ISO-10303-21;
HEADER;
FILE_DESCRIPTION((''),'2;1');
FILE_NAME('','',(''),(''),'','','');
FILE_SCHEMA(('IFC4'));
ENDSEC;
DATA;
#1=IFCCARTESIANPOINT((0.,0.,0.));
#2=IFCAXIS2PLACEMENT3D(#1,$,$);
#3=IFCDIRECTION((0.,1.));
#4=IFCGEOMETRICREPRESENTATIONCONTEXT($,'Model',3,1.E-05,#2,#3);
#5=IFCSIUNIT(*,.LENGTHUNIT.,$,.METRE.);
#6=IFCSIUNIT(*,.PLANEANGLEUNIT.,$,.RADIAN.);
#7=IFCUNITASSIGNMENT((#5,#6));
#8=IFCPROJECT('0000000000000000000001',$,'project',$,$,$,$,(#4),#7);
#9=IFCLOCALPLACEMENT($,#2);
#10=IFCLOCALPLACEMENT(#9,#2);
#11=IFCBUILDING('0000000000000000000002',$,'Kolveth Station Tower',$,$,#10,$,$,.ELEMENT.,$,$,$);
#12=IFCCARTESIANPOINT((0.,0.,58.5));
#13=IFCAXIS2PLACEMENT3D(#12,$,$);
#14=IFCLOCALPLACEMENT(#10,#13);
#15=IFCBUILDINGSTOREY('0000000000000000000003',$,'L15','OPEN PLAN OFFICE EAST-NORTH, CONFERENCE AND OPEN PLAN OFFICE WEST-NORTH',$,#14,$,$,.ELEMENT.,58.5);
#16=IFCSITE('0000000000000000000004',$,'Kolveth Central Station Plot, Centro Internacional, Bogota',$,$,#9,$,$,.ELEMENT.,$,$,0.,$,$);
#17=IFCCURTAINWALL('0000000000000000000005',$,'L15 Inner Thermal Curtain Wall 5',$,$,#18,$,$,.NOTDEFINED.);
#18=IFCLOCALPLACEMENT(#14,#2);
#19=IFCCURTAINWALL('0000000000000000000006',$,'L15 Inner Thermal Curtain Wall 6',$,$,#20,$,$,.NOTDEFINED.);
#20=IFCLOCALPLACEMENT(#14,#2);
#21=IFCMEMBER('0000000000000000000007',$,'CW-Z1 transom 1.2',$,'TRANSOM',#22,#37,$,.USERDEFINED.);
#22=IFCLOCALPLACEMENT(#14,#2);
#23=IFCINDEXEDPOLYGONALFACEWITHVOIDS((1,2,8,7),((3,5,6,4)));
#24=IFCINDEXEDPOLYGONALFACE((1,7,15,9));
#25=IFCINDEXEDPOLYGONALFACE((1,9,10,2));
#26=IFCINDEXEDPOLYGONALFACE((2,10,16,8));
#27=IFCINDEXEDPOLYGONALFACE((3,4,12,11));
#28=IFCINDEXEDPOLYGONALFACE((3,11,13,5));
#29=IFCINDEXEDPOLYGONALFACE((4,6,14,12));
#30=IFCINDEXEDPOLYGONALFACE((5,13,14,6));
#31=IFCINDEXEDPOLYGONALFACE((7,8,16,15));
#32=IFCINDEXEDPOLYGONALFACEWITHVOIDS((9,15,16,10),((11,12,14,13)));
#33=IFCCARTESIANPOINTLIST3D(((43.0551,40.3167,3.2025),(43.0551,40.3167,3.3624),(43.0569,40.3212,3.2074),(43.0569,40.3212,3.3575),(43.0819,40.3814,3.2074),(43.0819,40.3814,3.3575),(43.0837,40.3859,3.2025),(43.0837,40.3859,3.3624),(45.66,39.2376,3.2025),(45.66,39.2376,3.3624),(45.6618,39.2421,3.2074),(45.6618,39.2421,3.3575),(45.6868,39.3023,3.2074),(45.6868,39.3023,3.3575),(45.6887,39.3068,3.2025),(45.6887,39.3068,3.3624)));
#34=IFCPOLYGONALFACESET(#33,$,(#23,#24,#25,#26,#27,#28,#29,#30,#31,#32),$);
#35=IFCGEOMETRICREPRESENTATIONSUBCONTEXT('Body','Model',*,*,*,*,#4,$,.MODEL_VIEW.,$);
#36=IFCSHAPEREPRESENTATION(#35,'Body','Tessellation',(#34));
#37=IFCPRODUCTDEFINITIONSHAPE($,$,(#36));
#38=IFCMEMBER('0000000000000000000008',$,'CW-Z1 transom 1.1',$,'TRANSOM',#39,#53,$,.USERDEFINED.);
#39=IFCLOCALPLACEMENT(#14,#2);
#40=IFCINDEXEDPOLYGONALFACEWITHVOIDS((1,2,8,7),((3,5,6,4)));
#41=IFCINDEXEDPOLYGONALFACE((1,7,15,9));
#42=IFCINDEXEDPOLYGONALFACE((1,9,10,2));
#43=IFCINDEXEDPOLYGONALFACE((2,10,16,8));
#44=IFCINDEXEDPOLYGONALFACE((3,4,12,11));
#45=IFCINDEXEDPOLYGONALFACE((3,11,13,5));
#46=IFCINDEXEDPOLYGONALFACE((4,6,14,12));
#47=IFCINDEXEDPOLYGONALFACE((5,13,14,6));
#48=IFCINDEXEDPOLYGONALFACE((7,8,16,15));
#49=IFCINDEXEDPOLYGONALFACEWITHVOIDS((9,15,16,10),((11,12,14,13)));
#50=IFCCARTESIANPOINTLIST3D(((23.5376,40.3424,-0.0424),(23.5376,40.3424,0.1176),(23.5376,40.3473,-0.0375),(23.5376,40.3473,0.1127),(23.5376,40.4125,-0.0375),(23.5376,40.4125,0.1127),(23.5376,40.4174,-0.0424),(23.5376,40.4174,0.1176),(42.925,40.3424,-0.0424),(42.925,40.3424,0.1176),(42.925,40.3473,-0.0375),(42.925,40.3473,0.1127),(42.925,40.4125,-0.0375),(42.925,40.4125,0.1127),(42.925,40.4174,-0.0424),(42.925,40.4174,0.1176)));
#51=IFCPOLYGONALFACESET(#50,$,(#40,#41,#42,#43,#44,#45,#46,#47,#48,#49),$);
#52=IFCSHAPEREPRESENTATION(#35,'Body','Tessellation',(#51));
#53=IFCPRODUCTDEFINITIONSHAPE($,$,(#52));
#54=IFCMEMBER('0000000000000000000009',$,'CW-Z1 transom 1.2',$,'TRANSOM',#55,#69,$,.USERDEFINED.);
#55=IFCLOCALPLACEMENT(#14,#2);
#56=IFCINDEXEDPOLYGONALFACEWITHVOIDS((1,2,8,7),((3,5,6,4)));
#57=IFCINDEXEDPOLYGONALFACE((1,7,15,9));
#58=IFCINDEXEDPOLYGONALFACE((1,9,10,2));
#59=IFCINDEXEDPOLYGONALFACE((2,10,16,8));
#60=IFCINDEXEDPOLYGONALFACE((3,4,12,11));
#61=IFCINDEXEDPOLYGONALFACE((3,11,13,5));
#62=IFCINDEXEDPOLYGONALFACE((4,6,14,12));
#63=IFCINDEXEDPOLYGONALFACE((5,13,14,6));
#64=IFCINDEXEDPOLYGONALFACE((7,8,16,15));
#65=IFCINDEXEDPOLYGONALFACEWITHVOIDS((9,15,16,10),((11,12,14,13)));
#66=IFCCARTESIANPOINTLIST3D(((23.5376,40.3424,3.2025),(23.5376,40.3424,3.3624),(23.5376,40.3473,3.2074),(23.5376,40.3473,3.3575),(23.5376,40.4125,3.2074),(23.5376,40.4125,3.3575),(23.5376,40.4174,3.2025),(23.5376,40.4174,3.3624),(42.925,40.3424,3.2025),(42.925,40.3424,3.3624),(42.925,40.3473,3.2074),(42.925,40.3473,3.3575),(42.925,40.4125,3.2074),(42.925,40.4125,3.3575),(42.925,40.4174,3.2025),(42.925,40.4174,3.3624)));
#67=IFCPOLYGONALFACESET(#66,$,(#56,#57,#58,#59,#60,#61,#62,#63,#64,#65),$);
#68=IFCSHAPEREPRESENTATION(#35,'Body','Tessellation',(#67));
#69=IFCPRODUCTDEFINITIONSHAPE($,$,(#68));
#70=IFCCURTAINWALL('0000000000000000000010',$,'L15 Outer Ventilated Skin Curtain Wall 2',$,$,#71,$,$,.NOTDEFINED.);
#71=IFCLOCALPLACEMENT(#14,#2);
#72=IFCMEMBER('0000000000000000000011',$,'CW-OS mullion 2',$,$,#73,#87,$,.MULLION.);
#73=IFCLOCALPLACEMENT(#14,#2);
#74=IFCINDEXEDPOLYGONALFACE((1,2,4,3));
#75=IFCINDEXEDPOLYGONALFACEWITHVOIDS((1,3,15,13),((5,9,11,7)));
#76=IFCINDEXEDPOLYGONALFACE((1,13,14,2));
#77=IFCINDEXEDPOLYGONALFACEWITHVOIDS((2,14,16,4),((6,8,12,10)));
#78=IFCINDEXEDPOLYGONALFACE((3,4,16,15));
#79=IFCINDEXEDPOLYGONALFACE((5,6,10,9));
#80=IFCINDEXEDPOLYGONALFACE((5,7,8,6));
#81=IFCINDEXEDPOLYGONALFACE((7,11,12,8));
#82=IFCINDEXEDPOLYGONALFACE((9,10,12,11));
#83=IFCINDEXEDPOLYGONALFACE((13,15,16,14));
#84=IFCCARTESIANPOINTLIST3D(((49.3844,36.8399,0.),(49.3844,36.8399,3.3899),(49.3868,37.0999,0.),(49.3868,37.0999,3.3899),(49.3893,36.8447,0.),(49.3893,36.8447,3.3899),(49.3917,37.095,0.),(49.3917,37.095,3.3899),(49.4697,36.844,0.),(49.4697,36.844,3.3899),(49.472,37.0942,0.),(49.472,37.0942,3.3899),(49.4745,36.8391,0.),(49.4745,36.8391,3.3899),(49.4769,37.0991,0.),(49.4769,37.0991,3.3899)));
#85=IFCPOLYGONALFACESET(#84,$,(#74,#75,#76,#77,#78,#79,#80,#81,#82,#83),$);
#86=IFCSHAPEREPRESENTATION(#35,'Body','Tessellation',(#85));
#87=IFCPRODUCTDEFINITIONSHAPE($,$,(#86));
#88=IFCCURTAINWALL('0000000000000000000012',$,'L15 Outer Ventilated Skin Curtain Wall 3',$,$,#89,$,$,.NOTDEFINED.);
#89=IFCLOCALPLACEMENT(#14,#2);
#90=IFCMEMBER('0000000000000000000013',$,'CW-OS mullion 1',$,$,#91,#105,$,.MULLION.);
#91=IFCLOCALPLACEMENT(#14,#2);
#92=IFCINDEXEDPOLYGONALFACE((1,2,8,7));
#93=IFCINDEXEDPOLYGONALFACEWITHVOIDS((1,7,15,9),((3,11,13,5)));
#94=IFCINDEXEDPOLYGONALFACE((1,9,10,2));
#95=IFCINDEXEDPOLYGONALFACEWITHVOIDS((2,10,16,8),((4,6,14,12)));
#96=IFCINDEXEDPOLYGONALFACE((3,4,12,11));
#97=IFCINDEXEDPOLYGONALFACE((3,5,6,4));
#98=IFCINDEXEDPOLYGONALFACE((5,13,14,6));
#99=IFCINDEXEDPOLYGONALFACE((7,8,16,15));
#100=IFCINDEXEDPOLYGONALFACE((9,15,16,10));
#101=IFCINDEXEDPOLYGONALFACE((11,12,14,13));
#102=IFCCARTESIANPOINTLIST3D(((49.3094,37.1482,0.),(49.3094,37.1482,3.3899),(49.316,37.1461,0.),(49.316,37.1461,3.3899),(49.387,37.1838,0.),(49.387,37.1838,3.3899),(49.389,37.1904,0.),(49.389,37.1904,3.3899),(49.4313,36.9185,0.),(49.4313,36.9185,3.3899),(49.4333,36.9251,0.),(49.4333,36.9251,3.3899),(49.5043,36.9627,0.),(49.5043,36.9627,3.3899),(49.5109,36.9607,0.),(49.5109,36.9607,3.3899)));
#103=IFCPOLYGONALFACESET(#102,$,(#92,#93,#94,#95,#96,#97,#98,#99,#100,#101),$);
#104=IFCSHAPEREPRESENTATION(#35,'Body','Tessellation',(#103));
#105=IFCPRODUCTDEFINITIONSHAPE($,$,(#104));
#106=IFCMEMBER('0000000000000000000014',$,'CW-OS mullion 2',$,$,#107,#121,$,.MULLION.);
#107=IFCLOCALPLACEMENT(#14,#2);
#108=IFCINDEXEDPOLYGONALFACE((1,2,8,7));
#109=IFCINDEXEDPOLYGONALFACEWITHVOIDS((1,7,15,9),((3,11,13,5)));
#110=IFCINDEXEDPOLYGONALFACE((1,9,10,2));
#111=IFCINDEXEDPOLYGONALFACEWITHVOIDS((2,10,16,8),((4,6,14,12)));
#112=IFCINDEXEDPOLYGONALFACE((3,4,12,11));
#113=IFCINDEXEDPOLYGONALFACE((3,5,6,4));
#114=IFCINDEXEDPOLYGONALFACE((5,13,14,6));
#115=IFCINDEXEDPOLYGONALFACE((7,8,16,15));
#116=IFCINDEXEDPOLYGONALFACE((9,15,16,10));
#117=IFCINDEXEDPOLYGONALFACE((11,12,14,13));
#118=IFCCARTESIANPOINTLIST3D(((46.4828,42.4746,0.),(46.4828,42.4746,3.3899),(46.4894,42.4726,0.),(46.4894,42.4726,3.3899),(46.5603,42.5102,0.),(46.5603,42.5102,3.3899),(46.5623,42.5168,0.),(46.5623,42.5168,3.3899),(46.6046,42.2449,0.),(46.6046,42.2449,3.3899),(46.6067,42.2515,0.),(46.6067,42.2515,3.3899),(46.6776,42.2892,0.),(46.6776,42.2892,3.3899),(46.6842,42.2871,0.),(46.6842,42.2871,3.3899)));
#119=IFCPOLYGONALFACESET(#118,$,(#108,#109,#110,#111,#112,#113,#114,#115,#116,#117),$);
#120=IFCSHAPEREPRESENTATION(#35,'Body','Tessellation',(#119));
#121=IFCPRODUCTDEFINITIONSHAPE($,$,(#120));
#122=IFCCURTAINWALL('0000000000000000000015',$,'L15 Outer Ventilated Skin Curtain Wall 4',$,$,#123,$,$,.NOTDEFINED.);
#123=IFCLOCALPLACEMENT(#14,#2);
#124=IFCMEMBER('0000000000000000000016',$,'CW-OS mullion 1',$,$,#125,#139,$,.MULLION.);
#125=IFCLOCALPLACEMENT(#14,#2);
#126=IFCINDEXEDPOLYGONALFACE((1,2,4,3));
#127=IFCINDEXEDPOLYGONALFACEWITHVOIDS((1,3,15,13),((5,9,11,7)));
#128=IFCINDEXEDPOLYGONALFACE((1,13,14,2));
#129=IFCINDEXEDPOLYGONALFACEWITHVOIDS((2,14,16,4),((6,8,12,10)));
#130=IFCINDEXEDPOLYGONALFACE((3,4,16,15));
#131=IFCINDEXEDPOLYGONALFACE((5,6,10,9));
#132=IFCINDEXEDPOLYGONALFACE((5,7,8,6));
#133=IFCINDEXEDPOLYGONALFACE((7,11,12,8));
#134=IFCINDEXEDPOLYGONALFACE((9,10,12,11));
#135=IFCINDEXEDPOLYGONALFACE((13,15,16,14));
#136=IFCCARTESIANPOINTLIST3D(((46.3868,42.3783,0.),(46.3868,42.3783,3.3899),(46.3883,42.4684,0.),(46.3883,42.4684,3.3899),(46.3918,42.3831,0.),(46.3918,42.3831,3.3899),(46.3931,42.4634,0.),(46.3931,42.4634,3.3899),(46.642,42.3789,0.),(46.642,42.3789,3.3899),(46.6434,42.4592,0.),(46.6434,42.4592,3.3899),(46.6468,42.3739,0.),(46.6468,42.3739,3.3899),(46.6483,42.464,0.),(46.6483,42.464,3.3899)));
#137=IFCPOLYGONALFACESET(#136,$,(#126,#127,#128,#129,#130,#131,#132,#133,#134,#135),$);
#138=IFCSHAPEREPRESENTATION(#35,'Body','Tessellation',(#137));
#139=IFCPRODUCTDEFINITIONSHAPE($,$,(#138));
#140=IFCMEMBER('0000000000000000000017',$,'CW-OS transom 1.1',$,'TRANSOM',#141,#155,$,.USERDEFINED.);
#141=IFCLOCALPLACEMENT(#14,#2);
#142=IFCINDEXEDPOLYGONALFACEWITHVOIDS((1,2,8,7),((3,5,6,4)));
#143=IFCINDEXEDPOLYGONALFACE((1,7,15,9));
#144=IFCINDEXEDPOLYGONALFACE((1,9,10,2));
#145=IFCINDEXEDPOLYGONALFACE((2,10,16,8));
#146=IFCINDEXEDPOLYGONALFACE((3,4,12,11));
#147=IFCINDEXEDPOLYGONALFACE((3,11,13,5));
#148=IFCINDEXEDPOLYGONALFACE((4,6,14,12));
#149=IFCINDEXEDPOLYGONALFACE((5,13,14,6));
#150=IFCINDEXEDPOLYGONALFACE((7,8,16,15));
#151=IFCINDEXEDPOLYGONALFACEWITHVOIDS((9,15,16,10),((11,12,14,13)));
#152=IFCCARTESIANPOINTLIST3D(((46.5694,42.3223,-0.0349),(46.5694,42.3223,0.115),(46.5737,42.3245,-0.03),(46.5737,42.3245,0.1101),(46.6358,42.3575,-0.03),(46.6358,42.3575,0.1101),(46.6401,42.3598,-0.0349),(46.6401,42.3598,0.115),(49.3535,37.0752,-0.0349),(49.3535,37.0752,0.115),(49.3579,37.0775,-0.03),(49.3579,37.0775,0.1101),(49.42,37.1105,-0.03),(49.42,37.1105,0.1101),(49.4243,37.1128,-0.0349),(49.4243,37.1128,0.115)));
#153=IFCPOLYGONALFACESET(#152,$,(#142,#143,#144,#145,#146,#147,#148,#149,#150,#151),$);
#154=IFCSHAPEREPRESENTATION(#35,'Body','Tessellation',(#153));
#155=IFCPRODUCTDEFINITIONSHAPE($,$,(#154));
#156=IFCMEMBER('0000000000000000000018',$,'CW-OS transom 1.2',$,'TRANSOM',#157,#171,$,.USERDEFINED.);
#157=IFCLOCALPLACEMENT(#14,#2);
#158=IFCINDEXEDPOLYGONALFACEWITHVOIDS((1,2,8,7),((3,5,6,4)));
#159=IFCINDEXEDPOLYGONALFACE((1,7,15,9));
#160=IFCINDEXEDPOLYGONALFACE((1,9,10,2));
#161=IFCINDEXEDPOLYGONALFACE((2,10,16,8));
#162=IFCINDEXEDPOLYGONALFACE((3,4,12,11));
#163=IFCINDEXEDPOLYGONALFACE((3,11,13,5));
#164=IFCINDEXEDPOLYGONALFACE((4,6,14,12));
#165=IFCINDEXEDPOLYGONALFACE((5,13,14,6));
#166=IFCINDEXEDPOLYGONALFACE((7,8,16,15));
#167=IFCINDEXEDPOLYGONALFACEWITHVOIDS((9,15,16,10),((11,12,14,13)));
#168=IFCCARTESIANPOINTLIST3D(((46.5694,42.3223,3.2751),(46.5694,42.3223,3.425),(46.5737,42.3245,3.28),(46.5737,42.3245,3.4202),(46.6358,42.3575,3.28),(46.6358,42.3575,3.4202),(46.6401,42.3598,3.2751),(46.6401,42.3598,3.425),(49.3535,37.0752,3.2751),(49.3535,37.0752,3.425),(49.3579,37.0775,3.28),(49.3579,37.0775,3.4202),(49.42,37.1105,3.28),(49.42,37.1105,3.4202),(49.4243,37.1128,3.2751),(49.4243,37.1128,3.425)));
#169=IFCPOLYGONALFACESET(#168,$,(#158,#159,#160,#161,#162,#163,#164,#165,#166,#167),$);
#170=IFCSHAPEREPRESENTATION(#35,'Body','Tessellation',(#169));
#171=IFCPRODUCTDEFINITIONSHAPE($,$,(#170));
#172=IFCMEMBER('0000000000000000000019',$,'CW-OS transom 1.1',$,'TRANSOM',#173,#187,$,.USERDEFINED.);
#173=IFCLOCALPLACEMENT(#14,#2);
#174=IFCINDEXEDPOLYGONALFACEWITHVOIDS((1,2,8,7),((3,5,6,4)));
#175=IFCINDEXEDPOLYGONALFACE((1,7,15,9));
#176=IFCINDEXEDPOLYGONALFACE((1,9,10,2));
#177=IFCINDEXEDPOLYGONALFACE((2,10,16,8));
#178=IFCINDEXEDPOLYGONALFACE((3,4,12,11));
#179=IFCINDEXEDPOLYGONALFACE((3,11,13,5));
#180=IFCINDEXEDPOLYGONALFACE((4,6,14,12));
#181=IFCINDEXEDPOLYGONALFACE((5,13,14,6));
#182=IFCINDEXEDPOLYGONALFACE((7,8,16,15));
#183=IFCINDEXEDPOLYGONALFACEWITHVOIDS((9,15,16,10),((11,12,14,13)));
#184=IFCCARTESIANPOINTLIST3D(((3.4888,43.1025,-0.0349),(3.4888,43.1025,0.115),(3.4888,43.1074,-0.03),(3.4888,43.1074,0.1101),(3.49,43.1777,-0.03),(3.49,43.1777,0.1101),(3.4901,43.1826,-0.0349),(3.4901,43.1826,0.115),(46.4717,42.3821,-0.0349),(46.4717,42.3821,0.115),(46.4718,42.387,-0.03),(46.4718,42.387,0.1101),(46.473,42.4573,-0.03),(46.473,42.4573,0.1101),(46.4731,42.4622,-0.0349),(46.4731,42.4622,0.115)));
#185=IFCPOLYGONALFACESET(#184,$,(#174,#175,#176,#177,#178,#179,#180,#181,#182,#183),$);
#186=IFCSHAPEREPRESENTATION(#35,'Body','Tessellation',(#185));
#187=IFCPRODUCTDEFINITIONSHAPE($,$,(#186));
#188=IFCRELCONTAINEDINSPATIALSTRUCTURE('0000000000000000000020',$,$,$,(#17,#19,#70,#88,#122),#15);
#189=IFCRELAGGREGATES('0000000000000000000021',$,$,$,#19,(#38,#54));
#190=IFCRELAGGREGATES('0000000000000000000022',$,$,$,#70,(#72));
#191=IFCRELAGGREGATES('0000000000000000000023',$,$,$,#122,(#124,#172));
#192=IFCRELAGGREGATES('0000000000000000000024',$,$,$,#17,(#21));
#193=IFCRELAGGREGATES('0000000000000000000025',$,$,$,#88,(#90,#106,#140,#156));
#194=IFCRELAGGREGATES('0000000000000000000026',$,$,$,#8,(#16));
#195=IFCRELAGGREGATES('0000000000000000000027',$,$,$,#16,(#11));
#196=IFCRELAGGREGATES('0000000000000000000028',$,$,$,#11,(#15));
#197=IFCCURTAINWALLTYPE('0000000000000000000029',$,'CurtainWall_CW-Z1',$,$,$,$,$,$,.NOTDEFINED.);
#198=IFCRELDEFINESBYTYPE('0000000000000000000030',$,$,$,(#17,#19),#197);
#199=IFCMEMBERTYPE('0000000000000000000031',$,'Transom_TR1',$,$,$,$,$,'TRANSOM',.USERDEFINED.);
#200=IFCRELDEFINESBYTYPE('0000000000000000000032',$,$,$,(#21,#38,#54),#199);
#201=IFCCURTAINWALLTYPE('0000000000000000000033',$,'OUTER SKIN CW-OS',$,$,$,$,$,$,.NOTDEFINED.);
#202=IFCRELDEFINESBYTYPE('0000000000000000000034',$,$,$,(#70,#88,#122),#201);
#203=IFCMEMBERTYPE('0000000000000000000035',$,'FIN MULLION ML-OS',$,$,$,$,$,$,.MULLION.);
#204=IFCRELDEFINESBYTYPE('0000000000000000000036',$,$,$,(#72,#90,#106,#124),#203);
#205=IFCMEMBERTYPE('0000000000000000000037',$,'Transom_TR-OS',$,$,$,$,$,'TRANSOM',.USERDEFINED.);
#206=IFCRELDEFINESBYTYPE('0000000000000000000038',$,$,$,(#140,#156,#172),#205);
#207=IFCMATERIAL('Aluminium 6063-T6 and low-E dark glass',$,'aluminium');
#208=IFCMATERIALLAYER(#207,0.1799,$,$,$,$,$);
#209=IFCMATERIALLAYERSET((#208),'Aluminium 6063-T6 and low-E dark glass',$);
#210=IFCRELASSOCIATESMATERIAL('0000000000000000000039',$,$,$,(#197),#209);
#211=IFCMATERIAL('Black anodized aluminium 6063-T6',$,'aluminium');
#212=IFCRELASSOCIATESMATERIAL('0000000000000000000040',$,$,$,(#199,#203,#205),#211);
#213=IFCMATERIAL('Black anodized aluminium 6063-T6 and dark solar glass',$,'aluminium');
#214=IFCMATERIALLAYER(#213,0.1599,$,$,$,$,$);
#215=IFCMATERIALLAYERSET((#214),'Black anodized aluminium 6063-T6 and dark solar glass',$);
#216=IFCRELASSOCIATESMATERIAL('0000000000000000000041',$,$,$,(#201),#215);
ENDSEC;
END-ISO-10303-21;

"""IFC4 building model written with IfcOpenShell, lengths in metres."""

from ifc_helpers import new_model, si_unit, direction, frame, origin, origin_2d, place, context, subcontext, project, spatial, hollow_rectangle, extrude, source, transform, mapped, material, layer, layer_set, material_profile, profile_set, type_object, element, aggregate, save


model = new_model("IFC4")

# Units and contexts
model_context = context("Model", 3, precision=1e-05, world=origin(), true_north=direction((0.0, 1.0)))
body_context = subcontext(model_context, "Body", "Model", "MODEL_VIEW")
ifc_project = project(units=[si_unit("LENGTHUNIT", "METRE"), si_unit("PLANEANGLEUNIT", "RADIAN")], contexts=[model_context])

# Site, building, storey
site_placement = place(None, origin())
site = spatial("IfcSite", under=ifc_project, at=site_placement, Name="Kolveth Central Station Plot, Centro Internacional, Bogota", CompositionType="ELEMENT", RefElevation=0.0)
building_placement = place(site_placement, origin())
building = spatial("IfcBuilding", under=site, at=building_placement, Name="Kolveth Station Tower", CompositionType="ELEMENT")
storey_placement = place(building_placement, frame((0.0, 0.0, 58.5)))
storey = spatial("IfcBuildingStorey", under=building, at=storey_placement, Name="L15", Description="OPEN PLAN OFFICE EAST-NORTH, CONFERENCE AND OPEN PLAN OFFICE WEST-NORTH", CompositionType="ELEMENT", Elevation=58.5)

# Shared definitions
ifc_material_1 = material(Name="Aluminium 6063-T6 and low-E dark glass", Category="aluminium")
ifc_layer_1 = layer(ifc_material_1, 0.1799)
ifc_layer_set_1 = layer_set([ifc_layer_1], Name="Aluminium 6063-T6 and low-E dark glass")
curtain_wall_type_1 = type_object("IfcCurtainWallType", Name="CurtainWall_CW-Z1", PredefinedType="NOTDEFINED", material=ifc_layer_set_1)
ifc_material_2 = material(Name="Black anodized aluminium 6063-T6", Category="aluminium")

# Curtain wall
curtain_wall_1_placement = place(storey_placement, origin())
curtain_wall_1 = element("IfcCurtainWall", 1, at=curtain_wall_1_placement, inside=storey, type_object=curtain_wall_type_1, Name="L15 Inner Thermal Curtain Wall 5", PredefinedType="NOTDEFINED")

# Curtain wall
curtain_wall_2_placement = place(storey_placement, origin())
curtain_wall_2 = element("IfcCurtainWall", 2, at=curtain_wall_2_placement, inside=storey, type_object=curtain_wall_type_1, Name="L15 Inner Thermal Curtain Wall 6", PredefinedType="NOTDEFINED")

# Members
ifc_material_profile_1 = material_profile(ifc_material_2, hollow_rectangle(XDim=0.075, YDim=0.1599, WallThickness=0.0049, at=origin_2d()), Name="ALU-75x160x5")
ifc_profile_set_1 = profile_set([ifc_material_profile_1], Name="Black anodized aluminium 6063-T6")
member_type_1 = type_object("IfcMemberType", Name="Transom_TR1", ElementType="TRANSOM", PredefinedType="USERDEFINED", material=ifc_profile_set_1)
shared_shape_1 = source(origin(), body_context, "Body", "SweptSolid", [
    extrude(hollow_rectangle(XDim=0.075, YDim=0.1599, WallThickness=0.0049, at=origin_2d()), origin(), (0.0, 0.0, 1.0), 2.8196),
])
member_1_placement = place(storey_placement, frame((45.6743, 39.2722, 3.2825), z_axis=(-0.923869, 0.382709, 0.0), x_axis=(-0.382709, -0.923869, 0.0)))
member_1 = element("IfcMember", 3, at=member_1_placement, type_object=member_type_1, Name="CW-Z1 transom 1.2", ObjectType="TRANSOM", PredefinedType="USERDEFINED", context=body_context, shape_type="MappedRepresentation", body=[
    mapped(shared_shape_1, transform((0.0, 0.0, 0.0), x_axis=(1.0, 0.0, 0.0), y_axis=(0.0, 1.0, 0.0), z_axis=(0.0, 0.0, 1.0), scale=1.0)),
])
shared_shape_2 = source(origin(), body_context, "Body", "SweptSolid", [
    extrude(hollow_rectangle(XDim=0.075, YDim=0.1599, WallThickness=0.0049, at=origin_2d()), origin(), (0.0, 0.0, 1.0), 19.3875),
])
member_2_placement = place(storey_placement, frame((42.925, 40.3799, 0.0376), z_axis=(-1.0, 0.0, 0.0), x_axis=(0.0, -1.0, 0.0)))
member_2 = element("IfcMember", 4, at=member_2_placement, type_object=member_type_1, Name="CW-Z1 transom 1.1", ObjectType="TRANSOM", PredefinedType="USERDEFINED", context=body_context, shape_type="MappedRepresentation", body=[
    mapped(shared_shape_2, transform((0.0, 0.0, 0.0), x_axis=(1.0, 0.0, 0.0), y_axis=(0.0, 1.0, 0.0), z_axis=(0.0, 0.0, 1.0), scale=1.0)),
])
member_3_placement = place(storey_placement, frame((42.925, 40.3799, 3.2825), z_axis=(-1.0, 0.0, 0.0), x_axis=(0.0, -1.0, 0.0)))
member_3 = element("IfcMember", 5, at=member_3_placement, type_object=member_type_1, Name="CW-Z1 transom 1.2", ObjectType="TRANSOM", PredefinedType="USERDEFINED", context=body_context, shape_type="MappedRepresentation", body=[
    mapped(shared_shape_2, transform((0.0, 0.0, 0.0), x_axis=(1.0, 0.0, 0.0), y_axis=(0.0, 1.0, 0.0), z_axis=(0.0, 0.0, 1.0), scale=1.0)),
])
aggregate(curtain_wall_2, [member_2, member_3])

# Curtain wall, member
ifc_material_3 = material(Name="Black anodized aluminium 6063-T6 and dark solar glass", Category="aluminium")
ifc_layer_2 = layer(ifc_material_3, 0.1599)
ifc_layer_set_2 = layer_set([ifc_layer_2], Name="Black anodized aluminium 6063-T6 and dark solar glass")
curtain_wall_type_2 = type_object("IfcCurtainWallType", Name="OUTER SKIN CW-OS", PredefinedType="NOTDEFINED", material=ifc_layer_set_2)
curtain_wall_3_placement = place(storey_placement, origin())
curtain_wall_3 = element("IfcCurtainWall", 6, at=curtain_wall_3_placement, inside=storey, type_object=curtain_wall_type_2, Name="L15 Outer Ventilated Skin Curtain Wall 2", PredefinedType="NOTDEFINED")
ifc_material_profile_2 = material_profile(ifc_material_2, hollow_rectangle(XDim=0.0901, YDim=0.26, WallThickness=0.0049, at=origin_2d()), Name="ALU-90x260x5")
ifc_profile_set_2 = profile_set([ifc_material_profile_2], Name="Black anodized aluminium 6063-T6")
member_type_2 = type_object("IfcMemberType", Name="FIN MULLION ML-OS", PredefinedType="MULLION", material=ifc_profile_set_2)
shared_shape_3 = source(origin(), body_context, "Body", "SweptSolid", [
    extrude(hollow_rectangle(XDim=0.0901, YDim=0.26, WallThickness=0.0049, at=origin_2d()), origin(), (0.0, 0.0, 1.0), 3.3899),
])
member_4_placement = place(storey_placement, frame((49.4307, 36.9695, 0.0), z_axis=(0.0, 0.0, 1.0), x_axis=(-0.999956, 0.009355, 0.0)))
member_4 = element("IfcMember", 7, at=member_4_placement, type_object=member_type_2, Name="CW-OS mullion 2", PredefinedType="MULLION", context=body_context, shape_type="MappedRepresentation", body=[
    mapped(shared_shape_3, transform((0.0, 0.0, 0.0), x_axis=(1.0, 0.0, 0.0), y_axis=(0.0, 1.0, 0.0), z_axis=(0.0, 0.0, 1.0), scale=1.0)),
])
aggregate(curtain_wall_3, [member_4])

# Curtain wall, members
curtain_wall_4_placement = place(storey_placement, origin())
curtain_wall_4 = element("IfcCurtainWall", 8, at=curtain_wall_4_placement, inside=storey, type_object=curtain_wall_type_2, Name="L15 Outer Ventilated Skin Curtain Wall 3", PredefinedType="NOTDEFINED")
member_5_placement = place(storey_placement, frame((49.4102, 37.0544, 0.0), z_axis=(0.0, 0.0, 1.0), x_axis=(-0.883331, -0.468749, 0.0)))
member_5 = element("IfcMember", 9, at=member_5_placement, type_object=member_type_2, Name="CW-OS mullion 1", PredefinedType="MULLION", context=body_context, shape_type="MappedRepresentation", body=[
    mapped(shared_shape_3, transform((0.0, 0.0, 0.0), x_axis=(1.0, 0.0, 0.0), y_axis=(0.0, 1.0, 0.0), z_axis=(0.0, 0.0, 1.0), scale=1.0)),
])
member_6_placement = place(storey_placement, frame((46.5835, 42.3809, 0.0), z_axis=(0.0, 0.0, 1.0), x_axis=(-0.883331, -0.468749, 0.0)))
member_6 = element("IfcMember", 10, at=member_6_placement, type_object=member_type_2, Name="CW-OS mullion 2", PredefinedType="MULLION", context=body_context, shape_type="MappedRepresentation", body=[
    mapped(shared_shape_3, transform((0.0, 0.0, 0.0), x_axis=(1.0, 0.0, 0.0), y_axis=(0.0, 1.0, 0.0), z_axis=(0.0, 0.0, 1.0), scale=1.0)),
])

# Curtain wall, member
curtain_wall_5_placement = place(storey_placement, origin())
curtain_wall_5 = element("IfcCurtainWall", 11, at=curtain_wall_5_placement, inside=storey, type_object=curtain_wall_type_2, Name="L15 Outer Ventilated Skin Curtain Wall 4", PredefinedType="NOTDEFINED")
member_7_placement = place(storey_placement, frame((46.5176, 42.4211, 0.0), z_axis=(0.0, 0.0, 1.0), x_axis=(-0.016764, -0.999859, 0.0)))
member_7 = element("IfcMember", 12, at=member_7_placement, type_object=member_type_2, Name="CW-OS mullion 1", PredefinedType="MULLION", context=body_context, shape_type="MappedRepresentation", body=[
    mapped(shared_shape_3, transform((0.0, 0.0, 0.0), x_axis=(1.0, 0.0, 0.0), y_axis=(0.0, 1.0, 0.0), z_axis=(0.0, 0.0, 1.0), scale=1.0)),
])

# Members
ifc_material_profile_3 = material_profile(ifc_material_2, hollow_rectangle(XDim=0.0801, YDim=0.1499, WallThickness=0.0049, at=origin_2d()), Name="ALU-80x150x5")
ifc_profile_set_3 = profile_set([ifc_material_profile_3], Name="Black anodized aluminium 6063-T6")
member_type_3 = type_object("IfcMemberType", Name="Transom_TR-OS", ElementType="TRANSOM", PredefinedType="USERDEFINED", material=ifc_profile_set_3)
shared_shape_4 = source(origin(), body_context, "Body", "SweptSolid", [
    extrude(hollow_rectangle(XDim=0.0801, YDim=0.1499, WallThickness=0.0049, at=origin_2d()), origin(), (0.0, 0.0, 1.0), 5.9399),
])
member_8_placement = place(storey_placement, frame((49.3889, 37.094, 0.04), z_axis=(-0.468718, 0.883348, 0.0), x_axis=(-0.883348, -0.468718, 0.0)))
member_8 = element("IfcMember", 13, at=member_8_placement, type_object=member_type_3, Name="CW-OS transom 1.1", ObjectType="TRANSOM", PredefinedType="USERDEFINED", context=body_context, shape_type="MappedRepresentation", body=[
    mapped(shared_shape_4, transform((0.0, 0.0, 0.0), x_axis=(1.0, 0.0, 0.0), y_axis=(0.0, 1.0, 0.0), z_axis=(0.0, 0.0, 1.0), scale=1.0)),
])
member_9_placement = place(storey_placement, frame((49.3889, 37.094, 3.3501), z_axis=(-0.468718, 0.883348, 0.0), x_axis=(-0.883348, -0.468718, 0.0)))
member_9 = element("IfcMember", 14, at=member_9_placement, type_object=member_type_3, Name="CW-OS transom 1.2", ObjectType="TRANSOM", PredefinedType="USERDEFINED", context=body_context, shape_type="MappedRepresentation", body=[
    mapped(shared_shape_4, transform((0.0, 0.0, 0.0), x_axis=(1.0, 0.0, 0.0), y_axis=(0.0, 1.0, 0.0), z_axis=(0.0, 0.0, 1.0), scale=1.0)),
])
shared_shape_5 = source(origin(), body_context, "Body", "SweptSolid", [
    extrude(hollow_rectangle(XDim=0.0801, YDim=0.1499, WallThickness=0.0049, at=origin_2d()), origin(), (0.0, 0.0, 1.0), 42.989),
])
member_10_placement = place(storey_placement, frame((46.4724, 42.4221, 0.04), z_axis=(-0.99986, 0.016759, 0.0), x_axis=(-0.016759, -0.99986, 0.0)))
member_10 = element("IfcMember", 15, at=member_10_placement, type_object=member_type_3, Name="CW-OS transom 1.1", ObjectType="TRANSOM", PredefinedType="USERDEFINED", context=body_context, shape_type="MappedRepresentation", body=[
    mapped(shared_shape_5, transform((0.0, 0.0, 0.0), x_axis=(1.0, 0.0, 0.0), y_axis=(0.0, 1.0, 0.0), z_axis=(0.0, 0.0, 1.0), scale=1.0)),
])
aggregate(curtain_wall_5, [member_7, member_10])

aggregate(curtain_wall_1, [member_1])
aggregate(curtain_wall_4, [member_5, member_6, member_8, member_9])

save(model, "model.ifc")
